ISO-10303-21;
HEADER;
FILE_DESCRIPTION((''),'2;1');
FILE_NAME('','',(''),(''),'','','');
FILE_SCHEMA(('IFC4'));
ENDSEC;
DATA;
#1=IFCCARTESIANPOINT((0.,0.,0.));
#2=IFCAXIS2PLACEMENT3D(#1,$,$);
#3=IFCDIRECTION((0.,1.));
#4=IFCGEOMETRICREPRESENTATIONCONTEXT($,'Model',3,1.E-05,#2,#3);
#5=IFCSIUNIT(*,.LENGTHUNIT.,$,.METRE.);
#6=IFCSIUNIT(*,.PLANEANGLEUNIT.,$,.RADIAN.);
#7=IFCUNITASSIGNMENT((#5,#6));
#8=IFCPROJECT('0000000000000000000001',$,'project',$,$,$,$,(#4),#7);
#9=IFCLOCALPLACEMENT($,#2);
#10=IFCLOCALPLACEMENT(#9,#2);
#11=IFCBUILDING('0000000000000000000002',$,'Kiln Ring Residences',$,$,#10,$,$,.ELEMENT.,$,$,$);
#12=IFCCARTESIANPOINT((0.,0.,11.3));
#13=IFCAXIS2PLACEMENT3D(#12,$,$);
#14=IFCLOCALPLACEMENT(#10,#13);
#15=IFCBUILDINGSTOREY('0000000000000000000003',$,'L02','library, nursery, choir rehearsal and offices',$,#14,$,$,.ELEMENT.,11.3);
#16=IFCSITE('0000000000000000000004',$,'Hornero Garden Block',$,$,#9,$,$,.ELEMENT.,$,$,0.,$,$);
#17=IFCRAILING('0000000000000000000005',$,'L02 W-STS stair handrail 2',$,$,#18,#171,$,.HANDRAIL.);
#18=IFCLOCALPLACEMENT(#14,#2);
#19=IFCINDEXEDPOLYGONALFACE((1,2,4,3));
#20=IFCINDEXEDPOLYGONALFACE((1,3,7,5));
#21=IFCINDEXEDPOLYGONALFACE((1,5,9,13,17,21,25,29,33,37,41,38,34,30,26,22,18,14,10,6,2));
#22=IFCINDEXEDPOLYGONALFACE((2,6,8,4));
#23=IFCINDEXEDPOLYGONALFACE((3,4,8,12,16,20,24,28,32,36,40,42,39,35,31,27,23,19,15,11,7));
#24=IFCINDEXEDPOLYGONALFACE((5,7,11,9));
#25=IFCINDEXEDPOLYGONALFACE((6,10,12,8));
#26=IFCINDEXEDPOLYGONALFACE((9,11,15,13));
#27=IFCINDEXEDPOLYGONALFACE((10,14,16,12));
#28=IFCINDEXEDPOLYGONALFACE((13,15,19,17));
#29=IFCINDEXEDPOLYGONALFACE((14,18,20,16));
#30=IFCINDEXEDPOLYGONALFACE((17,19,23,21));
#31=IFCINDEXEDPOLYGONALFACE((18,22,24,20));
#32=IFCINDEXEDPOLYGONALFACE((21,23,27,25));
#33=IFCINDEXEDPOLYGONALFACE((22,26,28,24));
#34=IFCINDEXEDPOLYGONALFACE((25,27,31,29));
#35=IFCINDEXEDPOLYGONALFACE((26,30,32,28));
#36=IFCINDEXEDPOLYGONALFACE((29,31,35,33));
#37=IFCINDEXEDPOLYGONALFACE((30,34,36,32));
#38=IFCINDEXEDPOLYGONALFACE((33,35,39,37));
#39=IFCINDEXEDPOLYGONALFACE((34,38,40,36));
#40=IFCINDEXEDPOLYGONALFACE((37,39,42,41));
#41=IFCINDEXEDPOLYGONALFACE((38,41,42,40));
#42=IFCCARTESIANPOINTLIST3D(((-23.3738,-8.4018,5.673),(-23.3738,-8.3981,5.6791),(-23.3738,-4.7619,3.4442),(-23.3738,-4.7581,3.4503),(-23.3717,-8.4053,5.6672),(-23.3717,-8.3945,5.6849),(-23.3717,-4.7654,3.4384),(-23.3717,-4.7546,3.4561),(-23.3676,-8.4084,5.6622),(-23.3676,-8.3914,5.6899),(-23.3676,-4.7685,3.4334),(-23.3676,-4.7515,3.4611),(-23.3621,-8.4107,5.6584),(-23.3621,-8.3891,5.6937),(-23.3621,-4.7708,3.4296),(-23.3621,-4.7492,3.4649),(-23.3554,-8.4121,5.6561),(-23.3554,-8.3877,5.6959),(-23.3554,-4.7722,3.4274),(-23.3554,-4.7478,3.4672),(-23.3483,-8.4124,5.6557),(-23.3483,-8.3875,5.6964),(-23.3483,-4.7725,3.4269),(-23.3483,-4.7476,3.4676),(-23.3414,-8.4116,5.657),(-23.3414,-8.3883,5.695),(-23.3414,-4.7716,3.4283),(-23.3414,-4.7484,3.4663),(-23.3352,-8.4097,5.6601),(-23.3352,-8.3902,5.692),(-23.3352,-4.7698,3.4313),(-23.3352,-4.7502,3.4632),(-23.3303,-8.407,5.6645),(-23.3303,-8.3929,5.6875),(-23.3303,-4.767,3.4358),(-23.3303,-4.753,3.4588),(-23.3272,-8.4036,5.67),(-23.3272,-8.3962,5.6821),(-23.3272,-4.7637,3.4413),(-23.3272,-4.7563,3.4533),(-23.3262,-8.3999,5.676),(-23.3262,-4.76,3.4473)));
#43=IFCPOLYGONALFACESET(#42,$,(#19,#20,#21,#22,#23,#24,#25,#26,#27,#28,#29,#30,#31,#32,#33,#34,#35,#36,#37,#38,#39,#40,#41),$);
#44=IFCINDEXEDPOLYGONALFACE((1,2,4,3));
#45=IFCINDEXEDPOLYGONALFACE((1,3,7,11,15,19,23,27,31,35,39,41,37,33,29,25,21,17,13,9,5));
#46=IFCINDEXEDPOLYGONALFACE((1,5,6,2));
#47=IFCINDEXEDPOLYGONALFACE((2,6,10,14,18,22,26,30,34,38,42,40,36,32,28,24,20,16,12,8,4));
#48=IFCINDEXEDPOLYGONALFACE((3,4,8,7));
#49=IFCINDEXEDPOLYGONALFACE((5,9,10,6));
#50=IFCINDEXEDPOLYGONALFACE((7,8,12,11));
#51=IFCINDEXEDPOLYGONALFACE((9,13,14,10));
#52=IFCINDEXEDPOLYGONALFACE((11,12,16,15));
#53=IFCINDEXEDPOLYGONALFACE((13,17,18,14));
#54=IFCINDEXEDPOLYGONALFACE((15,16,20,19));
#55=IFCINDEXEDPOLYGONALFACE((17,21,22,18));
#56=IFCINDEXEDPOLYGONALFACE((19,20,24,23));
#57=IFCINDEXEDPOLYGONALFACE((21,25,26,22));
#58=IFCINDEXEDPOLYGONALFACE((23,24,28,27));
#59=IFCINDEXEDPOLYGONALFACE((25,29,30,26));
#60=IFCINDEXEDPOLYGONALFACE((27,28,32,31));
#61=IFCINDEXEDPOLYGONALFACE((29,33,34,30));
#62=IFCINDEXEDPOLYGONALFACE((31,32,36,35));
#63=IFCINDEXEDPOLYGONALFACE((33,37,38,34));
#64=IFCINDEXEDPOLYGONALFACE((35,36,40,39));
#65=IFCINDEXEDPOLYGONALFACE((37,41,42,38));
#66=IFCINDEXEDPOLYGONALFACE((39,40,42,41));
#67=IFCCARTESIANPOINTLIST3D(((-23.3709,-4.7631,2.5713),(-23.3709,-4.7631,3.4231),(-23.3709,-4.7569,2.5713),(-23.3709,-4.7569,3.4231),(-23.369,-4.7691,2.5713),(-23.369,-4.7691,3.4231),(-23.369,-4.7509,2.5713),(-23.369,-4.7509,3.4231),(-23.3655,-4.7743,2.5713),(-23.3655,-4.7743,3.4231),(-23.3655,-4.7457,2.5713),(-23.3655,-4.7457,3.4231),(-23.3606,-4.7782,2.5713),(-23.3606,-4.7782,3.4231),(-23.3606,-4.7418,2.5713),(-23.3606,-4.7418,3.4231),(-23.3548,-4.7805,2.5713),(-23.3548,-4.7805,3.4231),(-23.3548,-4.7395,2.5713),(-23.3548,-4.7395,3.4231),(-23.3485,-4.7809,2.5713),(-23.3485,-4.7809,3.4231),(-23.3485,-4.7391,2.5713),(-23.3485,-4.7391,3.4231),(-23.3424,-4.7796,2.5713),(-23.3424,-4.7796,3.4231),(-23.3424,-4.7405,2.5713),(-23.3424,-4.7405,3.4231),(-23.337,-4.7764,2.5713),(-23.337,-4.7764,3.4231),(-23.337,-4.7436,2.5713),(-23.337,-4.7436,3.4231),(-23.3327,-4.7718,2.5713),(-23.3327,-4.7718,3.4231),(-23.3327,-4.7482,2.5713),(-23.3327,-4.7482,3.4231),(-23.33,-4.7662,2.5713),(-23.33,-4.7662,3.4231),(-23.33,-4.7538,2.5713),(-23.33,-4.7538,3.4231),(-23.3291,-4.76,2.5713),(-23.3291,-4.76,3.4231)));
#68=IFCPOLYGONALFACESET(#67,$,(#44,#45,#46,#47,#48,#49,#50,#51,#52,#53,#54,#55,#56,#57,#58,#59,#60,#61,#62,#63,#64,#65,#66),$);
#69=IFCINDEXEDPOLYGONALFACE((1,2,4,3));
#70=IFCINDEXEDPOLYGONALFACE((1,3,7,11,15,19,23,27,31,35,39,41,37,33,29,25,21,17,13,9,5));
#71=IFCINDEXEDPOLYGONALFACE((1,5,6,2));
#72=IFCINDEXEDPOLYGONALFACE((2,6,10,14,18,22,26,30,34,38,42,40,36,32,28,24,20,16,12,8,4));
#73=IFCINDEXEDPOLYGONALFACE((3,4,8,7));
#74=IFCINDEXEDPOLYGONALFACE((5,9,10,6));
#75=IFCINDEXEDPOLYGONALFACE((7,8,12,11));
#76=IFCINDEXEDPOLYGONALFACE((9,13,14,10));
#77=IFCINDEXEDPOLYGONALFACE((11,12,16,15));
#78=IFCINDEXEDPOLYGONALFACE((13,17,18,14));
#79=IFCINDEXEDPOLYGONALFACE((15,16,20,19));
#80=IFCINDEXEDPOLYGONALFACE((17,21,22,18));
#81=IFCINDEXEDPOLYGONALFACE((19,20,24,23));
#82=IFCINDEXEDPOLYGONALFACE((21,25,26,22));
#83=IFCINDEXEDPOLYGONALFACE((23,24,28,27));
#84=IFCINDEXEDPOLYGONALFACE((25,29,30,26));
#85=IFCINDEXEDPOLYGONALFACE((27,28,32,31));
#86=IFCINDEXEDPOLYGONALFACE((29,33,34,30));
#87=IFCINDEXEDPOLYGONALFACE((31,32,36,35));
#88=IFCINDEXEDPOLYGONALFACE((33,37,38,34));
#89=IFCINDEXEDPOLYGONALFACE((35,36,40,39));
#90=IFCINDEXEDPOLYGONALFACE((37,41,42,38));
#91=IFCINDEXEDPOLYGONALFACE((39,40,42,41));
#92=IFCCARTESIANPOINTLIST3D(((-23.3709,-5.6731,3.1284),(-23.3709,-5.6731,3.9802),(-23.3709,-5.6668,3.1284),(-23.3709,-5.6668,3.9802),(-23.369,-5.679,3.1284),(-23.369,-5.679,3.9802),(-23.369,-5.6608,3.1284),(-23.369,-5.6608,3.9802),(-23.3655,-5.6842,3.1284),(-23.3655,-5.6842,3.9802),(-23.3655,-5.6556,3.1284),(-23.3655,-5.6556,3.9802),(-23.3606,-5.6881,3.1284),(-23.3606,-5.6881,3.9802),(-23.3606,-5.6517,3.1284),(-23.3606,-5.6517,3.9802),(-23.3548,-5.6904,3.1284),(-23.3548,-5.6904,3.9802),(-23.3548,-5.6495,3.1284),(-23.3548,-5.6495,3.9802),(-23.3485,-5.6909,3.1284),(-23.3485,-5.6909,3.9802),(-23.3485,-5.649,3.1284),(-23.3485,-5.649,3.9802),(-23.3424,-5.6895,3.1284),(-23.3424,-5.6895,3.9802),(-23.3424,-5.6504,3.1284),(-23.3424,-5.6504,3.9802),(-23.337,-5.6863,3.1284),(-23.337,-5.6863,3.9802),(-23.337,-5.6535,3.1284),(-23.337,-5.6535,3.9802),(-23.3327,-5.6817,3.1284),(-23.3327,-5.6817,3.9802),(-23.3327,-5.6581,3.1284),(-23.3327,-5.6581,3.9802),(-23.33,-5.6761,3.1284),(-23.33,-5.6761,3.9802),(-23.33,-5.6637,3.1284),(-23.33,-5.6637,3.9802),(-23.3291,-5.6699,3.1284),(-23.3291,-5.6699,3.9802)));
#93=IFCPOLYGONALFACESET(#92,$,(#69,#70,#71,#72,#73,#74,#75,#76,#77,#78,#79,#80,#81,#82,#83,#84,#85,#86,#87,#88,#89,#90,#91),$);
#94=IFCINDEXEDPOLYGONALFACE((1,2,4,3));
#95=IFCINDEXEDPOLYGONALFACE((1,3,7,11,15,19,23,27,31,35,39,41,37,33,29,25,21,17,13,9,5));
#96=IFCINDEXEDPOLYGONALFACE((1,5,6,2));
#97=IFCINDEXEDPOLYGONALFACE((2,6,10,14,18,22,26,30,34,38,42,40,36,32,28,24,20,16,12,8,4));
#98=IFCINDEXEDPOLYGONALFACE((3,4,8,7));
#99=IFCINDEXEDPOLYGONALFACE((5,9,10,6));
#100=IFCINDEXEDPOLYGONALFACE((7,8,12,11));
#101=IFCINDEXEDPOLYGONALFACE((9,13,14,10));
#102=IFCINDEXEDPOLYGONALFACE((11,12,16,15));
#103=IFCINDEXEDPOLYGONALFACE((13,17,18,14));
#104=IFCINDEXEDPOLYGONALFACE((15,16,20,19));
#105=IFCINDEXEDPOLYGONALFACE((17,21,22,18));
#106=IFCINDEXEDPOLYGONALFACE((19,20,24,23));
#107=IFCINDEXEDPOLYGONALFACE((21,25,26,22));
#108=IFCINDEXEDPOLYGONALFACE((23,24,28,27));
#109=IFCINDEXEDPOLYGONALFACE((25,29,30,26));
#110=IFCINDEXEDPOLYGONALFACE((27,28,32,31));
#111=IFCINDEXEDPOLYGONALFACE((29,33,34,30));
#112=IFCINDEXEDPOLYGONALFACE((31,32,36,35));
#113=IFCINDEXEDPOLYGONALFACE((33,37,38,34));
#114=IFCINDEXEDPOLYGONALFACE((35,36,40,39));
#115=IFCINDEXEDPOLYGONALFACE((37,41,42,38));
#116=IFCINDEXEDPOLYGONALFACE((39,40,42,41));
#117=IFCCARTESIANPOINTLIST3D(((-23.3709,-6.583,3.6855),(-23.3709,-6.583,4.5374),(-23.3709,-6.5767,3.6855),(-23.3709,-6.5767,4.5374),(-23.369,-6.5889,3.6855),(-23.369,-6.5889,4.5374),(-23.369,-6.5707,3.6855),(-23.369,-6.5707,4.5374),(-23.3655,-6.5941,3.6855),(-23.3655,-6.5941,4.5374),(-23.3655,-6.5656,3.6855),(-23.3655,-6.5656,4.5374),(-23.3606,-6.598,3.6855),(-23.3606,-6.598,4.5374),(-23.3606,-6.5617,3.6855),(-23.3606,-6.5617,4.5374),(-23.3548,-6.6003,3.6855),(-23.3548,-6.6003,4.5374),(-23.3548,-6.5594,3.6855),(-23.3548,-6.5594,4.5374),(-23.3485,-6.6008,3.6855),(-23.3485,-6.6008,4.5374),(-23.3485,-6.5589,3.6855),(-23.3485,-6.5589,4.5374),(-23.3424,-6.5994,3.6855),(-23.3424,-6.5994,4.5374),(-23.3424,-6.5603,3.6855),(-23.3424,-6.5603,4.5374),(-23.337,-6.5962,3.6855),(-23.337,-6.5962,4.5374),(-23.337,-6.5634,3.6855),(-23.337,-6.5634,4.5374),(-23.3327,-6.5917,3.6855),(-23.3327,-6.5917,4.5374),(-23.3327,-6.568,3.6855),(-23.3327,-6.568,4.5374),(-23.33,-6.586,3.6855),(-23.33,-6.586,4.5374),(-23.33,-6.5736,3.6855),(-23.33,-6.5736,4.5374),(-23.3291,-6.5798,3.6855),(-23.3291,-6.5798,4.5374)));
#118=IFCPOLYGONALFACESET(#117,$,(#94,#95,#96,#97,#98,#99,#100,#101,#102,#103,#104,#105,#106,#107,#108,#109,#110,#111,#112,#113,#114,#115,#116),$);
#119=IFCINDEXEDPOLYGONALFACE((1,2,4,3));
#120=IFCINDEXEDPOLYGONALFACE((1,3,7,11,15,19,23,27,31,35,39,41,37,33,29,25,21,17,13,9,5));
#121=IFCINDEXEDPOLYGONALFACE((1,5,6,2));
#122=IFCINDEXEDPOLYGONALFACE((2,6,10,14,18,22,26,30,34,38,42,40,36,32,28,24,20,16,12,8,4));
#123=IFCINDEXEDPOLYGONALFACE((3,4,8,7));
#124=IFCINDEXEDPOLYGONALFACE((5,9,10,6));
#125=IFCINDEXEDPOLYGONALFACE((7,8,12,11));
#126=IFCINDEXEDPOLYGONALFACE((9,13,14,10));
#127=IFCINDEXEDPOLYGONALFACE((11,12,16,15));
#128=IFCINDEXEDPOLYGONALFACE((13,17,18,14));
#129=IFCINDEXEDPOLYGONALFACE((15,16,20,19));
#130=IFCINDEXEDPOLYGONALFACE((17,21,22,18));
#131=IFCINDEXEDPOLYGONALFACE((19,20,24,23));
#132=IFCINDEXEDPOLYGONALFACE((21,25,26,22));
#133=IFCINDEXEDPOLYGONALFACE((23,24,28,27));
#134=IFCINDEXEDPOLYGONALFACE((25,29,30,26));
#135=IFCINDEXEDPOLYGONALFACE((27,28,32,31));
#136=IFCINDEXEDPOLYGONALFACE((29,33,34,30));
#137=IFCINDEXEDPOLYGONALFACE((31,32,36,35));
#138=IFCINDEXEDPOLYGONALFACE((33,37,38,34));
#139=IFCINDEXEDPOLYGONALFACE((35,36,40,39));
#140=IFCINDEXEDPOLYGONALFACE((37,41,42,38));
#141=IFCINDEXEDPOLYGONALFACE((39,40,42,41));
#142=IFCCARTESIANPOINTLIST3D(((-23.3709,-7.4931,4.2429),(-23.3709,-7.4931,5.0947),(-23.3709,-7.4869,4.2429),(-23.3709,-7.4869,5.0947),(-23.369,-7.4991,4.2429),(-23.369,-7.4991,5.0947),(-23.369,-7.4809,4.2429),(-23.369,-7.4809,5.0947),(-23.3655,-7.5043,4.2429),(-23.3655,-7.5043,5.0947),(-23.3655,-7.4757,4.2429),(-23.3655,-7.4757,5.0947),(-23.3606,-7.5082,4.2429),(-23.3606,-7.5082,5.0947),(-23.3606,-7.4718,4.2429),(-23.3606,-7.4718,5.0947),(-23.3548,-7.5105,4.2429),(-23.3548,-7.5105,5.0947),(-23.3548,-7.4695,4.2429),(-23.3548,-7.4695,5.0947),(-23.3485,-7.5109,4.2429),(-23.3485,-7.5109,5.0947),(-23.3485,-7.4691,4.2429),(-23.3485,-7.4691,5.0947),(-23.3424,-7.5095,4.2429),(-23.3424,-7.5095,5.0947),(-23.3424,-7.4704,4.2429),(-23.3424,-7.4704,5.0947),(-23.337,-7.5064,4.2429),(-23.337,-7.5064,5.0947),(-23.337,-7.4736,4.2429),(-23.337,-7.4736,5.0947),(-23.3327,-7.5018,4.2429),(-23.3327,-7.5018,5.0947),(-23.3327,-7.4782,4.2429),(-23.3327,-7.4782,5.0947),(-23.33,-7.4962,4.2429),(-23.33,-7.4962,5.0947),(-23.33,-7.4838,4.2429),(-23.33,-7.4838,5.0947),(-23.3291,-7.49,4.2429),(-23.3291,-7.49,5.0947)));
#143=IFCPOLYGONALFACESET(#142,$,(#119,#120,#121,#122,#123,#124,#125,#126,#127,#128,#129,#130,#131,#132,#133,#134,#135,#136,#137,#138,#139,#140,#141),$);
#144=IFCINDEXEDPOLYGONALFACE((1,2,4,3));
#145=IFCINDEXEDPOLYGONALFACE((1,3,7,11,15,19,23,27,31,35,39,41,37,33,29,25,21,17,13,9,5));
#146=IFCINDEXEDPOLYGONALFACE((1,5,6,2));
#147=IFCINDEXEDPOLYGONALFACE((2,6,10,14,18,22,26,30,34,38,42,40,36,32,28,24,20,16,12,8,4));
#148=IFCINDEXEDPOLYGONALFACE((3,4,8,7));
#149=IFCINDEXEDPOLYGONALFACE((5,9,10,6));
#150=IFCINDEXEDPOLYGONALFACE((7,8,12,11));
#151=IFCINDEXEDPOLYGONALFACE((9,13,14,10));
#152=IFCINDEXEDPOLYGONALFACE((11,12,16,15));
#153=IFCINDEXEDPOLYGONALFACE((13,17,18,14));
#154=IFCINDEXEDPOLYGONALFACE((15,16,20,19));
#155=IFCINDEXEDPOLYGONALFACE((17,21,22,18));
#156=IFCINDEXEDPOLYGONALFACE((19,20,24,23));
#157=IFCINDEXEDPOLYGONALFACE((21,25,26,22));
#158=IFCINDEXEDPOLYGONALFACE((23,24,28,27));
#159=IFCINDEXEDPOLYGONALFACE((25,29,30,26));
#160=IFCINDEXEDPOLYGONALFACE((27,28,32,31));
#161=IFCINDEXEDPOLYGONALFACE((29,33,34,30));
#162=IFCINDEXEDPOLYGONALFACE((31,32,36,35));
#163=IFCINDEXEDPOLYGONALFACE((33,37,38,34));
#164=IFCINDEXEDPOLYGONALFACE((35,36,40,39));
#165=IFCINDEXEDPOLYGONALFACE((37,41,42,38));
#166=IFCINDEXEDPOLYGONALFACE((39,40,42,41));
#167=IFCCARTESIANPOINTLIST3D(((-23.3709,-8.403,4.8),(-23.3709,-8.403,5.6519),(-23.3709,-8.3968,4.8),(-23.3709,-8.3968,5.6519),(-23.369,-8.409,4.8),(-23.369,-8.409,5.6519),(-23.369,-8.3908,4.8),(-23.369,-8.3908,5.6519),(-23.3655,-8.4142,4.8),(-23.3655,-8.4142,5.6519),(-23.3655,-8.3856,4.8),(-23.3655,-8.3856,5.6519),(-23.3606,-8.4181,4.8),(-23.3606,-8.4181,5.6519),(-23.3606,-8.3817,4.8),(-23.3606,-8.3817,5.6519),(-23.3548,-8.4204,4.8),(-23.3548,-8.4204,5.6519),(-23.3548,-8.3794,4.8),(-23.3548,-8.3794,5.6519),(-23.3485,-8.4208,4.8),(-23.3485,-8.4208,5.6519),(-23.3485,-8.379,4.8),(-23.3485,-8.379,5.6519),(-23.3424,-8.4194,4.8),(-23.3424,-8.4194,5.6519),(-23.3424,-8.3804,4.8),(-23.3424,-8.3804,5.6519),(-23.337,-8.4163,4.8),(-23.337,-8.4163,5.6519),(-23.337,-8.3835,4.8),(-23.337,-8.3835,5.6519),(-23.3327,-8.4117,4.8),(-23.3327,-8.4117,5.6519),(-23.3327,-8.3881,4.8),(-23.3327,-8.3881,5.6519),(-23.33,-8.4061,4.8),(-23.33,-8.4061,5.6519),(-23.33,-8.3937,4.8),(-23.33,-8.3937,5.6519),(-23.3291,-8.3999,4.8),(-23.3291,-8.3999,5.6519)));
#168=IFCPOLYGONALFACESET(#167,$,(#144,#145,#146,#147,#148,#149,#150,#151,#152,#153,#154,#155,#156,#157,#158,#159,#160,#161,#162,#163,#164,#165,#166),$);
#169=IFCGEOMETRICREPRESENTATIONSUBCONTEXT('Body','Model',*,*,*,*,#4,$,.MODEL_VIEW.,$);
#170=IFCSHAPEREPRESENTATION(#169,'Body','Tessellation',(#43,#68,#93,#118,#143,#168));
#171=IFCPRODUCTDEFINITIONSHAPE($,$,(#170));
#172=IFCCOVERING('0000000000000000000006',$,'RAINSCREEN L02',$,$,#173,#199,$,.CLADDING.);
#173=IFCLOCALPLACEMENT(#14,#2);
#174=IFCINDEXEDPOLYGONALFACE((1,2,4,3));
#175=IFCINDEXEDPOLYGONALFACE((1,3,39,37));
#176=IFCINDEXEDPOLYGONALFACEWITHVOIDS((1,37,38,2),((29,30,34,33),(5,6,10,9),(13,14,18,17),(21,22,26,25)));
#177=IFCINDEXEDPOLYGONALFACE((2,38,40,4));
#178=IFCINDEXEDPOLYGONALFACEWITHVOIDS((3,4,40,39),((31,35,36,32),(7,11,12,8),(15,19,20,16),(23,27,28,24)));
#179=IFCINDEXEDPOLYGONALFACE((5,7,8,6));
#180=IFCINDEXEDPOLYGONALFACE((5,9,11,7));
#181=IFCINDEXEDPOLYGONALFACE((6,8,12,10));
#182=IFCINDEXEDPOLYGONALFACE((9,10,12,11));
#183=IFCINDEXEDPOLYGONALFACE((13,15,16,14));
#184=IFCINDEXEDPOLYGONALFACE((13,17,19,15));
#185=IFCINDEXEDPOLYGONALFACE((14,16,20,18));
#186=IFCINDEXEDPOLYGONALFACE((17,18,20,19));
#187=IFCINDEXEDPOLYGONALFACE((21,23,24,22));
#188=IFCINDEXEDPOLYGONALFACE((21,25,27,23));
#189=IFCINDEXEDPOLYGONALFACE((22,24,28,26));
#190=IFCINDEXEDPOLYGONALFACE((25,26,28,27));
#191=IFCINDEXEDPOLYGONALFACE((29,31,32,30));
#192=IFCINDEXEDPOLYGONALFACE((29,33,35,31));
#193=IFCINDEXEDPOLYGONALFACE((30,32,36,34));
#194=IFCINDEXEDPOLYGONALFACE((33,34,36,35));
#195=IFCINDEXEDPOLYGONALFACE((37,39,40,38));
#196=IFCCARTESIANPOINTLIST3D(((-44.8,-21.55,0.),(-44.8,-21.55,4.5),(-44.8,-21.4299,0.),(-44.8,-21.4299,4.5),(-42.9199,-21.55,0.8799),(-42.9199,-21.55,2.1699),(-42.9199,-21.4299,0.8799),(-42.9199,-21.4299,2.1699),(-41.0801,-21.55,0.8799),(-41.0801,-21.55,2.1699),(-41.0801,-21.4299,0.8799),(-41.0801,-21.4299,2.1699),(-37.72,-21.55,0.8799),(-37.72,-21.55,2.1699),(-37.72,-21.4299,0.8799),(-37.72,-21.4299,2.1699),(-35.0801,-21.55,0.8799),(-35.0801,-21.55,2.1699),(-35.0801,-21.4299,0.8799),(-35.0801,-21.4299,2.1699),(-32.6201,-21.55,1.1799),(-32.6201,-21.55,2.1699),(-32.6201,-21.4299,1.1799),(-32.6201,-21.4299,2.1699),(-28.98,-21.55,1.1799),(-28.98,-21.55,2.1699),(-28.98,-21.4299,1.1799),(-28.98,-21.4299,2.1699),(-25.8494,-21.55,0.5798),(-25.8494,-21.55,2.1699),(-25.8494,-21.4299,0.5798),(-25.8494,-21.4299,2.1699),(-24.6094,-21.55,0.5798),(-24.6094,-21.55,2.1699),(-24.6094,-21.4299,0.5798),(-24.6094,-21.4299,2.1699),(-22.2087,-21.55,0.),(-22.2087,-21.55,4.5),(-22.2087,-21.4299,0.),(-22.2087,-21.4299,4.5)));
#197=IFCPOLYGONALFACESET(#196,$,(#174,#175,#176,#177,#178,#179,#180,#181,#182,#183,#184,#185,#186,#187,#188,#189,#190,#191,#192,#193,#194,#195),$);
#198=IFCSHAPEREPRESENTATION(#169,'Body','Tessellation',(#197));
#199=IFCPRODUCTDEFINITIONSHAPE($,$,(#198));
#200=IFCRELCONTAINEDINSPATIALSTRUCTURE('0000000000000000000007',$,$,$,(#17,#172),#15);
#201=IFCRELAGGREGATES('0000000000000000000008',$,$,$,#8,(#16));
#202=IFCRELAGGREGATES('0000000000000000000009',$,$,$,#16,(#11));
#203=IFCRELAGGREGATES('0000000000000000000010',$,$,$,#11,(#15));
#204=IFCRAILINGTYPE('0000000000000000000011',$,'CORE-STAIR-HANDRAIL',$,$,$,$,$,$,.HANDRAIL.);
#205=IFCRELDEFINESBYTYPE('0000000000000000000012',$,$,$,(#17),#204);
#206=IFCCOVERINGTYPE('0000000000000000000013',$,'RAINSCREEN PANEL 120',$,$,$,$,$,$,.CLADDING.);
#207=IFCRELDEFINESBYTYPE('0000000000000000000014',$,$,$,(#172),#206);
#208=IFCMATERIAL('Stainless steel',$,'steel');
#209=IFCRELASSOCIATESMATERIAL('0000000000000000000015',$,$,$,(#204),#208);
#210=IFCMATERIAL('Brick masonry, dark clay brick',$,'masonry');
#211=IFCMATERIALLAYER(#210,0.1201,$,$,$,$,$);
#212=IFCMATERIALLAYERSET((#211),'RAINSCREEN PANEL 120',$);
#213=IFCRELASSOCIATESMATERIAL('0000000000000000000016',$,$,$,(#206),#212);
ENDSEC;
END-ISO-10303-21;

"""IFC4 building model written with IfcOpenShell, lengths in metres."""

from ifc_helpers import new_model, si_unit, direction, frame, origin, origin_2d, place, context, subcontext, project, spatial, polyline, circle, outline, extrude, material, layer, layer_set, type_object, element, save


model = new_model("IFC4")

# Units and contexts
model_context = context("Model", 3, precision=1e-05, world=origin(), true_north=direction((0.0, 1.0)))
body_context = subcontext(model_context, "Body", "Model", "MODEL_VIEW")
ifc_project = project(units=[si_unit("LENGTHUNIT", "METRE"), si_unit("PLANEANGLEUNIT", "RADIAN")], contexts=[model_context])

# Site, building, storey
site_placement = place(None, origin())
site = spatial("IfcSite", under=ifc_project, at=site_placement, Name="Hornero Garden Block", CompositionType="ELEMENT", RefElevation=0.0)
building_placement = place(site_placement, origin())
building = spatial("IfcBuilding", under=site, at=building_placement, Name="Kiln Ring Residences", CompositionType="ELEMENT")
storey_placement = place(building_placement, frame((0.0, 0.0, 11.3)))
storey = spatial("IfcBuildingStorey", under=building, at=storey_placement, Name="L02", Description="library, nursery, choir rehearsal and offices", CompositionType="ELEMENT", Elevation=11.3)

# Railing
ifc_material_1 = material(Name="Stainless steel", Category="steel")
railing_type_1 = type_object("IfcRailingType", Name="CORE-STAIR-HANDRAIL", PredefinedType="HANDRAIL", material=ifc_material_1)
railing_1_placement = place(storey_placement, frame((-23.3501, -4.76, 2.5713)))
element("IfcRailing", 1, at=railing_1_placement, inside=storey, type_object=railing_type_1, Name="L02 W-STS stair handrail 2", PredefinedType="HANDRAIL", context=body_context, shape_type="SweptSolid", body=[
    extrude(circle(Radius=0.0239, at=origin_2d()), frame((0.0, 0.0, 0.876), z_axis=(0.0, -0.852825, 0.522197), x_axis=(1.0, 0.0, 0.0)), (0.0, 0.0, 1.0), 4.2681),
    extrude(circle(Radius=0.021, at=origin_2d()), origin(), (0.0, 0.0, 1.0), 0.8518),
    extrude(circle(Radius=0.021, at=origin_2d()), frame((0.0, -0.9099, 0.5571)), (0.0, 0.0, 1.0), 0.8518),
    extrude(circle(Radius=0.021, at=origin_2d()), frame((0.0, -1.8198, 1.1143)), (0.0, 0.0, 1.0), 0.8518),
    extrude(circle(Radius=0.021, at=origin_2d()), frame((0.0, -2.73, 1.6716)), (0.0, 0.0, 1.0), 0.8518),
    extrude(circle(Radius=0.021, at=origin_2d()), frame((0.0, -3.6399, 2.2288)), (0.0, 0.0, 1.0), 0.8518),
])

# Covering
ifc_material_2 = material(Name="Brick masonry, dark clay brick", Category="masonry")
ifc_layer_1 = layer(ifc_material_2, 0.1201)
ifc_layer_set_1 = layer_set([ifc_layer_1], Name="RAINSCREEN PANEL 120")
covering_type = type_object("IfcCoveringType", Name="RAINSCREEN PANEL 120", PredefinedType="CLADDING", material=ifc_layer_set_1)
covering_placement = place(storey_placement, frame((-22.2087, -21.49, 0.0), z_axis=(0.0, 0.0, 1.0), x_axis=(-1.0, 0.0, 0.0)))
element("IfcCovering", 2, at=covering_placement, inside=storey, type_object=covering_type, Name="RAINSCREEN L02", PredefinedType="CLADDING", context=body_context, shape_type="SweptSolid", body=[
    extrude(outline(polyline([(0.0, 0.0), (22.5913, 0.0), (22.5913, 4.5), (0.0, 4.5), (0.0, 0.0)]), holes=[polyline([(3.6406, 0.5798), (3.6406, 2.1699), (2.4006, 2.1699), (2.4006, 0.5798), (3.6406, 0.5798)]), polyline([(15.5112, 0.8799), (15.5112, 2.1699), (12.8713, 2.1699), (12.8713, 0.8799), (15.5112, 0.8799)]), polyline([(20.7112, 0.8799), (20.7112, 2.1699), (18.8713, 2.1699), (18.8713, 0.8799), (20.7112, 0.8799)]), polyline([(10.4114, 1.1799), (10.4114, 2.1699), (6.7712, 2.1699), (6.7712, 1.1799), (10.4114, 1.1799)])]), frame((0.0, 0.0601, 0.0), z_axis=(0.0, -1.0, 0.0), x_axis=(1.0, 0.0, 0.0)), (0.0, 0.0, 1.0), 0.1201),
])

save(model, "model.ifc")
